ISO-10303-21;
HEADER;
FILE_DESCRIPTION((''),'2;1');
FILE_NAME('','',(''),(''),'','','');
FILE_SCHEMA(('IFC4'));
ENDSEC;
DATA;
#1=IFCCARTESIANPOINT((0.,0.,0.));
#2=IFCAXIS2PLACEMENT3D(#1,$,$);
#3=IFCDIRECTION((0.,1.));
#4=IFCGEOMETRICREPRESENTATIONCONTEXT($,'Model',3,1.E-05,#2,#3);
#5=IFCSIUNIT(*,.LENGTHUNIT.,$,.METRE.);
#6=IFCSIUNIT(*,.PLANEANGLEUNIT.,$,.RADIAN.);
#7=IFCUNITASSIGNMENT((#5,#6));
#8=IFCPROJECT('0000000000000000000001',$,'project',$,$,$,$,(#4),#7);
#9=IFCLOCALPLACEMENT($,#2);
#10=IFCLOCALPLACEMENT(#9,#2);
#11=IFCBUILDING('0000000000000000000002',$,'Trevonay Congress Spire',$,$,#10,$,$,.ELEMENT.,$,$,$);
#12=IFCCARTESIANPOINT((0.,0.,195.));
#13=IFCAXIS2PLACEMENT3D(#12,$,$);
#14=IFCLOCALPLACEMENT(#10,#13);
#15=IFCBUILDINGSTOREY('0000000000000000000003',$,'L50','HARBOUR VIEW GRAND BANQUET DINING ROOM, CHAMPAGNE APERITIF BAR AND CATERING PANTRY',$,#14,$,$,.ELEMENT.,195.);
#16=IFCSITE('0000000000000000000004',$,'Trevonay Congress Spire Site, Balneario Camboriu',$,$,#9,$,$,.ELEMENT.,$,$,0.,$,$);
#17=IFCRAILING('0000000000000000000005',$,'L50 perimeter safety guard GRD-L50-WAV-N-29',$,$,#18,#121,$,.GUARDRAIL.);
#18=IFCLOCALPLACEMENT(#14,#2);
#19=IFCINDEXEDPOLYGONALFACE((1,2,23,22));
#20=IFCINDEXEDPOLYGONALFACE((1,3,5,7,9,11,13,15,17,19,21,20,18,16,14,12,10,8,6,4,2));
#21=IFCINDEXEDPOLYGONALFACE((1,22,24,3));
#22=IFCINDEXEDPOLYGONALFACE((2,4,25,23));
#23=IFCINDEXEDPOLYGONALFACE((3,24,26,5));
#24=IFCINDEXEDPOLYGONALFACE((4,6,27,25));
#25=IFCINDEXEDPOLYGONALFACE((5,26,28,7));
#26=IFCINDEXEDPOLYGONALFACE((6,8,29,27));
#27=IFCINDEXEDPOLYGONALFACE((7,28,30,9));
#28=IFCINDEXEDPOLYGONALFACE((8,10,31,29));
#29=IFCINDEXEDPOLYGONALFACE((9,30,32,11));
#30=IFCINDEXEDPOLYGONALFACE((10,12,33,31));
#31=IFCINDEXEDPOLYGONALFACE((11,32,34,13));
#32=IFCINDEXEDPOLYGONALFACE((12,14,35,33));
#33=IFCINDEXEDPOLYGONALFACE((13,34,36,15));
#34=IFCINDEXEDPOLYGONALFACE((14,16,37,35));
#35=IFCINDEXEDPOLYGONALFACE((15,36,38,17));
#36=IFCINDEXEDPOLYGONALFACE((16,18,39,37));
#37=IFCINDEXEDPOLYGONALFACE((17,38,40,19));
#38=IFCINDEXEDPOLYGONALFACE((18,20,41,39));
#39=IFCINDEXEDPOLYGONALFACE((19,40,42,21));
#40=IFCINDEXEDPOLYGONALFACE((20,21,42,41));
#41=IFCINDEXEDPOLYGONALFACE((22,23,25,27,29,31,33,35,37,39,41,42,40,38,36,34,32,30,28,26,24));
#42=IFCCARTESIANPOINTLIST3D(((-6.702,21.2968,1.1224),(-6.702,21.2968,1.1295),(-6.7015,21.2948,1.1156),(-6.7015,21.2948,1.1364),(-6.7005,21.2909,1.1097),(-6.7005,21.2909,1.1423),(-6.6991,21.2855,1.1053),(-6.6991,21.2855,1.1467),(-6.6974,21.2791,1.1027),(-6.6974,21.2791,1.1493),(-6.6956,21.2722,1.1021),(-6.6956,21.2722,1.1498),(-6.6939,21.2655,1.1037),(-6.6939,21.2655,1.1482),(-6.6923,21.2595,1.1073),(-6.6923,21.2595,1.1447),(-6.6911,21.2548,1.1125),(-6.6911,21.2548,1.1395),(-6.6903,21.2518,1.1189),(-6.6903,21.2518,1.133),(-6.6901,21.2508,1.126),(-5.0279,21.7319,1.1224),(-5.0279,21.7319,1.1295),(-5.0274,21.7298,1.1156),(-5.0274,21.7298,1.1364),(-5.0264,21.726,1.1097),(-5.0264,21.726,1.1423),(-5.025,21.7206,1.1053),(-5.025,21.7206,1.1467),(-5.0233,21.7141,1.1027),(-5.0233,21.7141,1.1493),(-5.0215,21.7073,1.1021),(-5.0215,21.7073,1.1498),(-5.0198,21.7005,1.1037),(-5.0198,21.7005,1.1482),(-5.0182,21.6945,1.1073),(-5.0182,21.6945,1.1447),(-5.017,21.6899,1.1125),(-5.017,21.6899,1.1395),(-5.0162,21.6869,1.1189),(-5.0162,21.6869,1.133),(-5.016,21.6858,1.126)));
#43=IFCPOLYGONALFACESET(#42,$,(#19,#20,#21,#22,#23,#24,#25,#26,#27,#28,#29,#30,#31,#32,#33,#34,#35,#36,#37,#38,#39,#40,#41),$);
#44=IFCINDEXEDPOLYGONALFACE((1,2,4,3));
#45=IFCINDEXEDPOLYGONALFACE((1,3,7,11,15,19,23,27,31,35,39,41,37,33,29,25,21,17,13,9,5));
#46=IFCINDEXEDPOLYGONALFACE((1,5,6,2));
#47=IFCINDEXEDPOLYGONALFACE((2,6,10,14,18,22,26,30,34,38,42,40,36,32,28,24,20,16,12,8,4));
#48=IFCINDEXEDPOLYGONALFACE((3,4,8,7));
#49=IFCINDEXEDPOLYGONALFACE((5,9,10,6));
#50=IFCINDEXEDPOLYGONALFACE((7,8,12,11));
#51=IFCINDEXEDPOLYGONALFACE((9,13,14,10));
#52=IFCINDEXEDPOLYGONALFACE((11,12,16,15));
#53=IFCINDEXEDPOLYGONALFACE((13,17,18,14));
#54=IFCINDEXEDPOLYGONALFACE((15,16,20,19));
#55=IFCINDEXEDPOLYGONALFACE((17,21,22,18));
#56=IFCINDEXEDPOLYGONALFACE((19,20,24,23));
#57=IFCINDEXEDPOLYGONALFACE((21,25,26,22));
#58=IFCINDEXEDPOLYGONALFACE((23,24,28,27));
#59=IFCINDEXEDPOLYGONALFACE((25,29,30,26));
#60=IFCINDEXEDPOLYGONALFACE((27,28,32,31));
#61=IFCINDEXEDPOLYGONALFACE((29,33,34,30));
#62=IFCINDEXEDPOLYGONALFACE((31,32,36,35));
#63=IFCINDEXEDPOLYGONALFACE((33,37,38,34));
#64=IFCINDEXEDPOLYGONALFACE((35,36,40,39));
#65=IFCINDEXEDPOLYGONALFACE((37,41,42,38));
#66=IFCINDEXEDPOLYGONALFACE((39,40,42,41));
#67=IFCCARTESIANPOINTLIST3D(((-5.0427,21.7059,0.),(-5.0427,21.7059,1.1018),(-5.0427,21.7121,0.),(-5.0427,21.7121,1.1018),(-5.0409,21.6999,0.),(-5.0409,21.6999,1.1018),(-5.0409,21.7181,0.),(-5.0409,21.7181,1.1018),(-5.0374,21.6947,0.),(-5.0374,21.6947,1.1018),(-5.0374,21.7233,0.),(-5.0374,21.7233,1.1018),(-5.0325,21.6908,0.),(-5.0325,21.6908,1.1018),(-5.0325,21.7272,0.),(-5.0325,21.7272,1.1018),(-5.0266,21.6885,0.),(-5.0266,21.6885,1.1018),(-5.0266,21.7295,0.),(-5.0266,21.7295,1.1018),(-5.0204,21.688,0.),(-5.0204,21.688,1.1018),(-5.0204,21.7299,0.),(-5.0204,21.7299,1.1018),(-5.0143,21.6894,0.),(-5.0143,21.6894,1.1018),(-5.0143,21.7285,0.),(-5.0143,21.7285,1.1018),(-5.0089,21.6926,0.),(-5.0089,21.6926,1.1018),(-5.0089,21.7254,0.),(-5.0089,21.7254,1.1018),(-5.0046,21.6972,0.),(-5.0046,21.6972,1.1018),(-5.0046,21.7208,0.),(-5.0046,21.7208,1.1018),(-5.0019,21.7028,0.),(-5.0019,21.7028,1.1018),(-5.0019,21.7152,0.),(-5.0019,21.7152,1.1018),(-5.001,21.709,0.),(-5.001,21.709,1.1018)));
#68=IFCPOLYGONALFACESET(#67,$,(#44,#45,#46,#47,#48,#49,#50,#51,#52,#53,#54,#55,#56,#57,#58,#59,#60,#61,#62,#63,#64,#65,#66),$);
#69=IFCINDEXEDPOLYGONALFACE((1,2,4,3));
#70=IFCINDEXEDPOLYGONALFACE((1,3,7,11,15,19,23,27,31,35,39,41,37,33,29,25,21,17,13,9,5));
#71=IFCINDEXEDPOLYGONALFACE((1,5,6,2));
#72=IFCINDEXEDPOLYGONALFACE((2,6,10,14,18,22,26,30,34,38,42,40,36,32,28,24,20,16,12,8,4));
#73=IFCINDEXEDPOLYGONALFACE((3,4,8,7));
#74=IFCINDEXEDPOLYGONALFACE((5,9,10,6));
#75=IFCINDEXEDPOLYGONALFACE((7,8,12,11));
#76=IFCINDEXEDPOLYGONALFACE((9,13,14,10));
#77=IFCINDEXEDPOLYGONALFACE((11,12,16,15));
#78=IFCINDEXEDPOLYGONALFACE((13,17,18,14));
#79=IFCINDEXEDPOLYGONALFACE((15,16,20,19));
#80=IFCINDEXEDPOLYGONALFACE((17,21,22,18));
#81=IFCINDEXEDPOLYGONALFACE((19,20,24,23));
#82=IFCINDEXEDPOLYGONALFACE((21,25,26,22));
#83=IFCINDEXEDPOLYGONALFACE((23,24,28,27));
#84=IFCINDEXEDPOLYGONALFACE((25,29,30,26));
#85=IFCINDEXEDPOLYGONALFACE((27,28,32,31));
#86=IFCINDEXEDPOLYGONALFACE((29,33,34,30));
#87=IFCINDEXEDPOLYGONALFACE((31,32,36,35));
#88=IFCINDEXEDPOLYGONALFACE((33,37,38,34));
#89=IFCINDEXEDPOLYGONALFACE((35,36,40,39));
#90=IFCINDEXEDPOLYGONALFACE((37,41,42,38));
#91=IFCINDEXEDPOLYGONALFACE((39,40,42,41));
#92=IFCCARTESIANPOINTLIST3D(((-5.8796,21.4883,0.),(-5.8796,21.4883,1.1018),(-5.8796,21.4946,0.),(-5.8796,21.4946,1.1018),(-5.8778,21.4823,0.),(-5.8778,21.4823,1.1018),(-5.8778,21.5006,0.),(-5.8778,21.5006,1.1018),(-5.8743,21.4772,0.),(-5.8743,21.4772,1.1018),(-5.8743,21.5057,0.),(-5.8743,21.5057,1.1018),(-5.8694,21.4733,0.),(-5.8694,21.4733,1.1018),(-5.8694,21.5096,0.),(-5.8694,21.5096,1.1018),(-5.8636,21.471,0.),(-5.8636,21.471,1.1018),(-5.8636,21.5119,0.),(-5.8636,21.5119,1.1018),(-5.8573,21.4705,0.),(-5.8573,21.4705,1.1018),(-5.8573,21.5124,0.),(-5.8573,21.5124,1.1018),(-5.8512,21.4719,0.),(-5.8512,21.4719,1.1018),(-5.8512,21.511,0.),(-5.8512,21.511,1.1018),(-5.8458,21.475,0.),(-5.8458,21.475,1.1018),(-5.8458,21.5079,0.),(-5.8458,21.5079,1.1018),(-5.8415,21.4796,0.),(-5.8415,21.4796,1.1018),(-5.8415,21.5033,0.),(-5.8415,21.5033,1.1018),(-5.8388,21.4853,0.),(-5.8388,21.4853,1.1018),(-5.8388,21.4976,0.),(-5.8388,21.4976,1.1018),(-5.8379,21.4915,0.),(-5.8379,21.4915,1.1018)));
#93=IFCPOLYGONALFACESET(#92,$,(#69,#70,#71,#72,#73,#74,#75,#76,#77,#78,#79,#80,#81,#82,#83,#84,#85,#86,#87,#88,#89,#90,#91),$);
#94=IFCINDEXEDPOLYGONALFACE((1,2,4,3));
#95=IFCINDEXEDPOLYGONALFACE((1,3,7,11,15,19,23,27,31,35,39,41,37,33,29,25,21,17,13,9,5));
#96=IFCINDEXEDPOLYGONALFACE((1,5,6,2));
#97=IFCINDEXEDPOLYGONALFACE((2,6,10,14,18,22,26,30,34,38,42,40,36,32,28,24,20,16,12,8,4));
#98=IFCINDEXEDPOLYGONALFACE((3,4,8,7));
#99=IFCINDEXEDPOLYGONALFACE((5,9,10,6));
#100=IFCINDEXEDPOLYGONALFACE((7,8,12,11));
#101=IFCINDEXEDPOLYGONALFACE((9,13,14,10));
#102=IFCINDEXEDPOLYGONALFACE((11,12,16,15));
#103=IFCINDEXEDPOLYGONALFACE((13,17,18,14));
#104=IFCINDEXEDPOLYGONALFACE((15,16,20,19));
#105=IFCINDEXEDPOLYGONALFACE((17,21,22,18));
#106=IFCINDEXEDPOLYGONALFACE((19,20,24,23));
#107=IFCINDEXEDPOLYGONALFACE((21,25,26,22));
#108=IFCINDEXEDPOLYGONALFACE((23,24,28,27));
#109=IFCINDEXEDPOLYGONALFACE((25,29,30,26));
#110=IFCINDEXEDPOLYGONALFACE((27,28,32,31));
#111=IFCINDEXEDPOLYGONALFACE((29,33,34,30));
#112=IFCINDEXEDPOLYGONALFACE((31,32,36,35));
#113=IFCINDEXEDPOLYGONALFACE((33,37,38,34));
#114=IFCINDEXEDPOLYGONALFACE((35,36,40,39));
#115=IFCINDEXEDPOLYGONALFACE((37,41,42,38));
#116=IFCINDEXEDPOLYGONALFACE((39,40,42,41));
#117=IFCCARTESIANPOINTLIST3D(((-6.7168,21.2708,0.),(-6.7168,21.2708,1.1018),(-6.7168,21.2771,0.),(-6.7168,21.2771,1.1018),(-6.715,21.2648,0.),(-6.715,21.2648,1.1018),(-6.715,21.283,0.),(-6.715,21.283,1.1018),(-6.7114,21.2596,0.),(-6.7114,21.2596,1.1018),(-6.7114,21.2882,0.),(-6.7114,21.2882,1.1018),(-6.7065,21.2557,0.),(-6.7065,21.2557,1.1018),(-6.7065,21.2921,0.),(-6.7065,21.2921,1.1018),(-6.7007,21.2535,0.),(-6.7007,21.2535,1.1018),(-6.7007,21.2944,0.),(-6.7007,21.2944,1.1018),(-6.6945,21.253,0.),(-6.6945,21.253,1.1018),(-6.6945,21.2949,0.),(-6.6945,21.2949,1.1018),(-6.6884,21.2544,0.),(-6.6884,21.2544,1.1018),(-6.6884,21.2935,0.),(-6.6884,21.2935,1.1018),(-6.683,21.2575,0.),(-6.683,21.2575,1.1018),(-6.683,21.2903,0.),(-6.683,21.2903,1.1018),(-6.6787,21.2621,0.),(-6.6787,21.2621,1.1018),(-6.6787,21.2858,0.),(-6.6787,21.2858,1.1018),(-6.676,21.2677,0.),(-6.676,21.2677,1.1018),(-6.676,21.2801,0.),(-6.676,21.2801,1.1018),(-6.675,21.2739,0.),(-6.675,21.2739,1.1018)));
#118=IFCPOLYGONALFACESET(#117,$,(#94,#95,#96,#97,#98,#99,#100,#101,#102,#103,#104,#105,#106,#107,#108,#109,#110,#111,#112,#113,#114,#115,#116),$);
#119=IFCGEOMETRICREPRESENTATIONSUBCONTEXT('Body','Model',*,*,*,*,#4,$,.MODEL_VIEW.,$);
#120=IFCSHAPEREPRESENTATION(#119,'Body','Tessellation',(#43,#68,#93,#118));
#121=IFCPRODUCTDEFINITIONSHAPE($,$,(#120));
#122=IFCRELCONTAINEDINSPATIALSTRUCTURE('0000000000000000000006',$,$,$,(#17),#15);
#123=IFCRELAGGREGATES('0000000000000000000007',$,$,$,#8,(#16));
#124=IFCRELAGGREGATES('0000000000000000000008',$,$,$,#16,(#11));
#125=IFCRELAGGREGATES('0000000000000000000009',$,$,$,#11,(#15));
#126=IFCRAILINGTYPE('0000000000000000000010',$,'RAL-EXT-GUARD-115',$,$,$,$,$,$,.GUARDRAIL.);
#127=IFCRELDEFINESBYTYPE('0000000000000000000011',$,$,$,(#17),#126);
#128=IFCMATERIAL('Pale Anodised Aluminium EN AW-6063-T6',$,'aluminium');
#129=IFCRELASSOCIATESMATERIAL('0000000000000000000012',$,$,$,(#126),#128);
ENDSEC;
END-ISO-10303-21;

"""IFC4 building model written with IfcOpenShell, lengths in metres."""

from ifc_helpers import new_model, si_unit, direction, frame, origin, origin_2d, place, context, subcontext, project, spatial, circle, extrude, material, type_object, element, save


model = new_model("IFC4")

# Units and contexts
model_context = context("Model", 3, precision=1e-05, world=origin(), true_north=direction((0.0, 1.0)))
body_context = subcontext(model_context, "Body", "Model", "MODEL_VIEW")
ifc_project = project(units=[si_unit("LENGTHUNIT", "METRE"), si_unit("PLANEANGLEUNIT", "RADIAN")], contexts=[model_context])

# Site, building, storey
site_placement = place(None, origin())
site = spatial("IfcSite", under=ifc_project, at=site_placement, Name="Trevonay Congress Spire Site, Balneario Camboriu", CompositionType="ELEMENT", RefElevation=0.0)
building_placement = place(site_placement, origin())
building = spatial("IfcBuilding", under=site, at=building_placement, Name="Trevonay Congress Spire", CompositionType="ELEMENT")
storey_placement = place(building_placement, frame((0.0, 0.0, 195.0)))
storey = spatial("IfcBuildingStorey", under=building, at=storey_placement, Name="L50", Description="HARBOUR VIEW GRAND BANQUET DINING ROOM, CHAMPAGNE APERITIF BAR AND CATERING PANTRY", CompositionType="ELEMENT", Elevation=195.0)

# Shared definitions
ifc_material_1 = material(Name="Pale Anodised Aluminium EN AW-6063-T6", Category="aluminium")

# Railing
railing_type = type_object("IfcRailingType", Name="RAL-EXT-GUARD-115", PredefinedType="GUARDRAIL", material=ifc_material_1)
railing_1_placement = place(storey_placement, frame((-5.022, 21.709, 0.0)))
element("IfcRailing", 1, at=railing_1_placement, inside=storey, type_object=railing_type, Name="L50 perimeter safety guard GRD-L50-WAV-N-29", PredefinedType="GUARDRAIL", context=body_context, shape_type="SweptSolid", body=[
    extrude(circle(Radius=0.0239, at=origin_2d()), frame((0.0, 0.0, 1.126), z_axis=(-0.967851, -0.251525, 0.0), x_axis=(0.251525, -0.967851, 0.0)), (0.0, 0.0, 1.0), 1.7297),
    extrude(circle(Radius=0.021, at=origin_2d()), origin(), (0.0, 0.0, 1.0), 1.1018),
    extrude(circle(Radius=0.021, at=origin_2d()), frame((-0.8369, -0.2175, 0.0)), (0.0, 0.0, 1.0), 1.1018),
    extrude(circle(Radius=0.021, at=origin_2d()), frame((-1.6741, -0.4351, 0.0)), (0.0, 0.0, 1.0), 1.1018),
])

save(model, "model.ifc")
